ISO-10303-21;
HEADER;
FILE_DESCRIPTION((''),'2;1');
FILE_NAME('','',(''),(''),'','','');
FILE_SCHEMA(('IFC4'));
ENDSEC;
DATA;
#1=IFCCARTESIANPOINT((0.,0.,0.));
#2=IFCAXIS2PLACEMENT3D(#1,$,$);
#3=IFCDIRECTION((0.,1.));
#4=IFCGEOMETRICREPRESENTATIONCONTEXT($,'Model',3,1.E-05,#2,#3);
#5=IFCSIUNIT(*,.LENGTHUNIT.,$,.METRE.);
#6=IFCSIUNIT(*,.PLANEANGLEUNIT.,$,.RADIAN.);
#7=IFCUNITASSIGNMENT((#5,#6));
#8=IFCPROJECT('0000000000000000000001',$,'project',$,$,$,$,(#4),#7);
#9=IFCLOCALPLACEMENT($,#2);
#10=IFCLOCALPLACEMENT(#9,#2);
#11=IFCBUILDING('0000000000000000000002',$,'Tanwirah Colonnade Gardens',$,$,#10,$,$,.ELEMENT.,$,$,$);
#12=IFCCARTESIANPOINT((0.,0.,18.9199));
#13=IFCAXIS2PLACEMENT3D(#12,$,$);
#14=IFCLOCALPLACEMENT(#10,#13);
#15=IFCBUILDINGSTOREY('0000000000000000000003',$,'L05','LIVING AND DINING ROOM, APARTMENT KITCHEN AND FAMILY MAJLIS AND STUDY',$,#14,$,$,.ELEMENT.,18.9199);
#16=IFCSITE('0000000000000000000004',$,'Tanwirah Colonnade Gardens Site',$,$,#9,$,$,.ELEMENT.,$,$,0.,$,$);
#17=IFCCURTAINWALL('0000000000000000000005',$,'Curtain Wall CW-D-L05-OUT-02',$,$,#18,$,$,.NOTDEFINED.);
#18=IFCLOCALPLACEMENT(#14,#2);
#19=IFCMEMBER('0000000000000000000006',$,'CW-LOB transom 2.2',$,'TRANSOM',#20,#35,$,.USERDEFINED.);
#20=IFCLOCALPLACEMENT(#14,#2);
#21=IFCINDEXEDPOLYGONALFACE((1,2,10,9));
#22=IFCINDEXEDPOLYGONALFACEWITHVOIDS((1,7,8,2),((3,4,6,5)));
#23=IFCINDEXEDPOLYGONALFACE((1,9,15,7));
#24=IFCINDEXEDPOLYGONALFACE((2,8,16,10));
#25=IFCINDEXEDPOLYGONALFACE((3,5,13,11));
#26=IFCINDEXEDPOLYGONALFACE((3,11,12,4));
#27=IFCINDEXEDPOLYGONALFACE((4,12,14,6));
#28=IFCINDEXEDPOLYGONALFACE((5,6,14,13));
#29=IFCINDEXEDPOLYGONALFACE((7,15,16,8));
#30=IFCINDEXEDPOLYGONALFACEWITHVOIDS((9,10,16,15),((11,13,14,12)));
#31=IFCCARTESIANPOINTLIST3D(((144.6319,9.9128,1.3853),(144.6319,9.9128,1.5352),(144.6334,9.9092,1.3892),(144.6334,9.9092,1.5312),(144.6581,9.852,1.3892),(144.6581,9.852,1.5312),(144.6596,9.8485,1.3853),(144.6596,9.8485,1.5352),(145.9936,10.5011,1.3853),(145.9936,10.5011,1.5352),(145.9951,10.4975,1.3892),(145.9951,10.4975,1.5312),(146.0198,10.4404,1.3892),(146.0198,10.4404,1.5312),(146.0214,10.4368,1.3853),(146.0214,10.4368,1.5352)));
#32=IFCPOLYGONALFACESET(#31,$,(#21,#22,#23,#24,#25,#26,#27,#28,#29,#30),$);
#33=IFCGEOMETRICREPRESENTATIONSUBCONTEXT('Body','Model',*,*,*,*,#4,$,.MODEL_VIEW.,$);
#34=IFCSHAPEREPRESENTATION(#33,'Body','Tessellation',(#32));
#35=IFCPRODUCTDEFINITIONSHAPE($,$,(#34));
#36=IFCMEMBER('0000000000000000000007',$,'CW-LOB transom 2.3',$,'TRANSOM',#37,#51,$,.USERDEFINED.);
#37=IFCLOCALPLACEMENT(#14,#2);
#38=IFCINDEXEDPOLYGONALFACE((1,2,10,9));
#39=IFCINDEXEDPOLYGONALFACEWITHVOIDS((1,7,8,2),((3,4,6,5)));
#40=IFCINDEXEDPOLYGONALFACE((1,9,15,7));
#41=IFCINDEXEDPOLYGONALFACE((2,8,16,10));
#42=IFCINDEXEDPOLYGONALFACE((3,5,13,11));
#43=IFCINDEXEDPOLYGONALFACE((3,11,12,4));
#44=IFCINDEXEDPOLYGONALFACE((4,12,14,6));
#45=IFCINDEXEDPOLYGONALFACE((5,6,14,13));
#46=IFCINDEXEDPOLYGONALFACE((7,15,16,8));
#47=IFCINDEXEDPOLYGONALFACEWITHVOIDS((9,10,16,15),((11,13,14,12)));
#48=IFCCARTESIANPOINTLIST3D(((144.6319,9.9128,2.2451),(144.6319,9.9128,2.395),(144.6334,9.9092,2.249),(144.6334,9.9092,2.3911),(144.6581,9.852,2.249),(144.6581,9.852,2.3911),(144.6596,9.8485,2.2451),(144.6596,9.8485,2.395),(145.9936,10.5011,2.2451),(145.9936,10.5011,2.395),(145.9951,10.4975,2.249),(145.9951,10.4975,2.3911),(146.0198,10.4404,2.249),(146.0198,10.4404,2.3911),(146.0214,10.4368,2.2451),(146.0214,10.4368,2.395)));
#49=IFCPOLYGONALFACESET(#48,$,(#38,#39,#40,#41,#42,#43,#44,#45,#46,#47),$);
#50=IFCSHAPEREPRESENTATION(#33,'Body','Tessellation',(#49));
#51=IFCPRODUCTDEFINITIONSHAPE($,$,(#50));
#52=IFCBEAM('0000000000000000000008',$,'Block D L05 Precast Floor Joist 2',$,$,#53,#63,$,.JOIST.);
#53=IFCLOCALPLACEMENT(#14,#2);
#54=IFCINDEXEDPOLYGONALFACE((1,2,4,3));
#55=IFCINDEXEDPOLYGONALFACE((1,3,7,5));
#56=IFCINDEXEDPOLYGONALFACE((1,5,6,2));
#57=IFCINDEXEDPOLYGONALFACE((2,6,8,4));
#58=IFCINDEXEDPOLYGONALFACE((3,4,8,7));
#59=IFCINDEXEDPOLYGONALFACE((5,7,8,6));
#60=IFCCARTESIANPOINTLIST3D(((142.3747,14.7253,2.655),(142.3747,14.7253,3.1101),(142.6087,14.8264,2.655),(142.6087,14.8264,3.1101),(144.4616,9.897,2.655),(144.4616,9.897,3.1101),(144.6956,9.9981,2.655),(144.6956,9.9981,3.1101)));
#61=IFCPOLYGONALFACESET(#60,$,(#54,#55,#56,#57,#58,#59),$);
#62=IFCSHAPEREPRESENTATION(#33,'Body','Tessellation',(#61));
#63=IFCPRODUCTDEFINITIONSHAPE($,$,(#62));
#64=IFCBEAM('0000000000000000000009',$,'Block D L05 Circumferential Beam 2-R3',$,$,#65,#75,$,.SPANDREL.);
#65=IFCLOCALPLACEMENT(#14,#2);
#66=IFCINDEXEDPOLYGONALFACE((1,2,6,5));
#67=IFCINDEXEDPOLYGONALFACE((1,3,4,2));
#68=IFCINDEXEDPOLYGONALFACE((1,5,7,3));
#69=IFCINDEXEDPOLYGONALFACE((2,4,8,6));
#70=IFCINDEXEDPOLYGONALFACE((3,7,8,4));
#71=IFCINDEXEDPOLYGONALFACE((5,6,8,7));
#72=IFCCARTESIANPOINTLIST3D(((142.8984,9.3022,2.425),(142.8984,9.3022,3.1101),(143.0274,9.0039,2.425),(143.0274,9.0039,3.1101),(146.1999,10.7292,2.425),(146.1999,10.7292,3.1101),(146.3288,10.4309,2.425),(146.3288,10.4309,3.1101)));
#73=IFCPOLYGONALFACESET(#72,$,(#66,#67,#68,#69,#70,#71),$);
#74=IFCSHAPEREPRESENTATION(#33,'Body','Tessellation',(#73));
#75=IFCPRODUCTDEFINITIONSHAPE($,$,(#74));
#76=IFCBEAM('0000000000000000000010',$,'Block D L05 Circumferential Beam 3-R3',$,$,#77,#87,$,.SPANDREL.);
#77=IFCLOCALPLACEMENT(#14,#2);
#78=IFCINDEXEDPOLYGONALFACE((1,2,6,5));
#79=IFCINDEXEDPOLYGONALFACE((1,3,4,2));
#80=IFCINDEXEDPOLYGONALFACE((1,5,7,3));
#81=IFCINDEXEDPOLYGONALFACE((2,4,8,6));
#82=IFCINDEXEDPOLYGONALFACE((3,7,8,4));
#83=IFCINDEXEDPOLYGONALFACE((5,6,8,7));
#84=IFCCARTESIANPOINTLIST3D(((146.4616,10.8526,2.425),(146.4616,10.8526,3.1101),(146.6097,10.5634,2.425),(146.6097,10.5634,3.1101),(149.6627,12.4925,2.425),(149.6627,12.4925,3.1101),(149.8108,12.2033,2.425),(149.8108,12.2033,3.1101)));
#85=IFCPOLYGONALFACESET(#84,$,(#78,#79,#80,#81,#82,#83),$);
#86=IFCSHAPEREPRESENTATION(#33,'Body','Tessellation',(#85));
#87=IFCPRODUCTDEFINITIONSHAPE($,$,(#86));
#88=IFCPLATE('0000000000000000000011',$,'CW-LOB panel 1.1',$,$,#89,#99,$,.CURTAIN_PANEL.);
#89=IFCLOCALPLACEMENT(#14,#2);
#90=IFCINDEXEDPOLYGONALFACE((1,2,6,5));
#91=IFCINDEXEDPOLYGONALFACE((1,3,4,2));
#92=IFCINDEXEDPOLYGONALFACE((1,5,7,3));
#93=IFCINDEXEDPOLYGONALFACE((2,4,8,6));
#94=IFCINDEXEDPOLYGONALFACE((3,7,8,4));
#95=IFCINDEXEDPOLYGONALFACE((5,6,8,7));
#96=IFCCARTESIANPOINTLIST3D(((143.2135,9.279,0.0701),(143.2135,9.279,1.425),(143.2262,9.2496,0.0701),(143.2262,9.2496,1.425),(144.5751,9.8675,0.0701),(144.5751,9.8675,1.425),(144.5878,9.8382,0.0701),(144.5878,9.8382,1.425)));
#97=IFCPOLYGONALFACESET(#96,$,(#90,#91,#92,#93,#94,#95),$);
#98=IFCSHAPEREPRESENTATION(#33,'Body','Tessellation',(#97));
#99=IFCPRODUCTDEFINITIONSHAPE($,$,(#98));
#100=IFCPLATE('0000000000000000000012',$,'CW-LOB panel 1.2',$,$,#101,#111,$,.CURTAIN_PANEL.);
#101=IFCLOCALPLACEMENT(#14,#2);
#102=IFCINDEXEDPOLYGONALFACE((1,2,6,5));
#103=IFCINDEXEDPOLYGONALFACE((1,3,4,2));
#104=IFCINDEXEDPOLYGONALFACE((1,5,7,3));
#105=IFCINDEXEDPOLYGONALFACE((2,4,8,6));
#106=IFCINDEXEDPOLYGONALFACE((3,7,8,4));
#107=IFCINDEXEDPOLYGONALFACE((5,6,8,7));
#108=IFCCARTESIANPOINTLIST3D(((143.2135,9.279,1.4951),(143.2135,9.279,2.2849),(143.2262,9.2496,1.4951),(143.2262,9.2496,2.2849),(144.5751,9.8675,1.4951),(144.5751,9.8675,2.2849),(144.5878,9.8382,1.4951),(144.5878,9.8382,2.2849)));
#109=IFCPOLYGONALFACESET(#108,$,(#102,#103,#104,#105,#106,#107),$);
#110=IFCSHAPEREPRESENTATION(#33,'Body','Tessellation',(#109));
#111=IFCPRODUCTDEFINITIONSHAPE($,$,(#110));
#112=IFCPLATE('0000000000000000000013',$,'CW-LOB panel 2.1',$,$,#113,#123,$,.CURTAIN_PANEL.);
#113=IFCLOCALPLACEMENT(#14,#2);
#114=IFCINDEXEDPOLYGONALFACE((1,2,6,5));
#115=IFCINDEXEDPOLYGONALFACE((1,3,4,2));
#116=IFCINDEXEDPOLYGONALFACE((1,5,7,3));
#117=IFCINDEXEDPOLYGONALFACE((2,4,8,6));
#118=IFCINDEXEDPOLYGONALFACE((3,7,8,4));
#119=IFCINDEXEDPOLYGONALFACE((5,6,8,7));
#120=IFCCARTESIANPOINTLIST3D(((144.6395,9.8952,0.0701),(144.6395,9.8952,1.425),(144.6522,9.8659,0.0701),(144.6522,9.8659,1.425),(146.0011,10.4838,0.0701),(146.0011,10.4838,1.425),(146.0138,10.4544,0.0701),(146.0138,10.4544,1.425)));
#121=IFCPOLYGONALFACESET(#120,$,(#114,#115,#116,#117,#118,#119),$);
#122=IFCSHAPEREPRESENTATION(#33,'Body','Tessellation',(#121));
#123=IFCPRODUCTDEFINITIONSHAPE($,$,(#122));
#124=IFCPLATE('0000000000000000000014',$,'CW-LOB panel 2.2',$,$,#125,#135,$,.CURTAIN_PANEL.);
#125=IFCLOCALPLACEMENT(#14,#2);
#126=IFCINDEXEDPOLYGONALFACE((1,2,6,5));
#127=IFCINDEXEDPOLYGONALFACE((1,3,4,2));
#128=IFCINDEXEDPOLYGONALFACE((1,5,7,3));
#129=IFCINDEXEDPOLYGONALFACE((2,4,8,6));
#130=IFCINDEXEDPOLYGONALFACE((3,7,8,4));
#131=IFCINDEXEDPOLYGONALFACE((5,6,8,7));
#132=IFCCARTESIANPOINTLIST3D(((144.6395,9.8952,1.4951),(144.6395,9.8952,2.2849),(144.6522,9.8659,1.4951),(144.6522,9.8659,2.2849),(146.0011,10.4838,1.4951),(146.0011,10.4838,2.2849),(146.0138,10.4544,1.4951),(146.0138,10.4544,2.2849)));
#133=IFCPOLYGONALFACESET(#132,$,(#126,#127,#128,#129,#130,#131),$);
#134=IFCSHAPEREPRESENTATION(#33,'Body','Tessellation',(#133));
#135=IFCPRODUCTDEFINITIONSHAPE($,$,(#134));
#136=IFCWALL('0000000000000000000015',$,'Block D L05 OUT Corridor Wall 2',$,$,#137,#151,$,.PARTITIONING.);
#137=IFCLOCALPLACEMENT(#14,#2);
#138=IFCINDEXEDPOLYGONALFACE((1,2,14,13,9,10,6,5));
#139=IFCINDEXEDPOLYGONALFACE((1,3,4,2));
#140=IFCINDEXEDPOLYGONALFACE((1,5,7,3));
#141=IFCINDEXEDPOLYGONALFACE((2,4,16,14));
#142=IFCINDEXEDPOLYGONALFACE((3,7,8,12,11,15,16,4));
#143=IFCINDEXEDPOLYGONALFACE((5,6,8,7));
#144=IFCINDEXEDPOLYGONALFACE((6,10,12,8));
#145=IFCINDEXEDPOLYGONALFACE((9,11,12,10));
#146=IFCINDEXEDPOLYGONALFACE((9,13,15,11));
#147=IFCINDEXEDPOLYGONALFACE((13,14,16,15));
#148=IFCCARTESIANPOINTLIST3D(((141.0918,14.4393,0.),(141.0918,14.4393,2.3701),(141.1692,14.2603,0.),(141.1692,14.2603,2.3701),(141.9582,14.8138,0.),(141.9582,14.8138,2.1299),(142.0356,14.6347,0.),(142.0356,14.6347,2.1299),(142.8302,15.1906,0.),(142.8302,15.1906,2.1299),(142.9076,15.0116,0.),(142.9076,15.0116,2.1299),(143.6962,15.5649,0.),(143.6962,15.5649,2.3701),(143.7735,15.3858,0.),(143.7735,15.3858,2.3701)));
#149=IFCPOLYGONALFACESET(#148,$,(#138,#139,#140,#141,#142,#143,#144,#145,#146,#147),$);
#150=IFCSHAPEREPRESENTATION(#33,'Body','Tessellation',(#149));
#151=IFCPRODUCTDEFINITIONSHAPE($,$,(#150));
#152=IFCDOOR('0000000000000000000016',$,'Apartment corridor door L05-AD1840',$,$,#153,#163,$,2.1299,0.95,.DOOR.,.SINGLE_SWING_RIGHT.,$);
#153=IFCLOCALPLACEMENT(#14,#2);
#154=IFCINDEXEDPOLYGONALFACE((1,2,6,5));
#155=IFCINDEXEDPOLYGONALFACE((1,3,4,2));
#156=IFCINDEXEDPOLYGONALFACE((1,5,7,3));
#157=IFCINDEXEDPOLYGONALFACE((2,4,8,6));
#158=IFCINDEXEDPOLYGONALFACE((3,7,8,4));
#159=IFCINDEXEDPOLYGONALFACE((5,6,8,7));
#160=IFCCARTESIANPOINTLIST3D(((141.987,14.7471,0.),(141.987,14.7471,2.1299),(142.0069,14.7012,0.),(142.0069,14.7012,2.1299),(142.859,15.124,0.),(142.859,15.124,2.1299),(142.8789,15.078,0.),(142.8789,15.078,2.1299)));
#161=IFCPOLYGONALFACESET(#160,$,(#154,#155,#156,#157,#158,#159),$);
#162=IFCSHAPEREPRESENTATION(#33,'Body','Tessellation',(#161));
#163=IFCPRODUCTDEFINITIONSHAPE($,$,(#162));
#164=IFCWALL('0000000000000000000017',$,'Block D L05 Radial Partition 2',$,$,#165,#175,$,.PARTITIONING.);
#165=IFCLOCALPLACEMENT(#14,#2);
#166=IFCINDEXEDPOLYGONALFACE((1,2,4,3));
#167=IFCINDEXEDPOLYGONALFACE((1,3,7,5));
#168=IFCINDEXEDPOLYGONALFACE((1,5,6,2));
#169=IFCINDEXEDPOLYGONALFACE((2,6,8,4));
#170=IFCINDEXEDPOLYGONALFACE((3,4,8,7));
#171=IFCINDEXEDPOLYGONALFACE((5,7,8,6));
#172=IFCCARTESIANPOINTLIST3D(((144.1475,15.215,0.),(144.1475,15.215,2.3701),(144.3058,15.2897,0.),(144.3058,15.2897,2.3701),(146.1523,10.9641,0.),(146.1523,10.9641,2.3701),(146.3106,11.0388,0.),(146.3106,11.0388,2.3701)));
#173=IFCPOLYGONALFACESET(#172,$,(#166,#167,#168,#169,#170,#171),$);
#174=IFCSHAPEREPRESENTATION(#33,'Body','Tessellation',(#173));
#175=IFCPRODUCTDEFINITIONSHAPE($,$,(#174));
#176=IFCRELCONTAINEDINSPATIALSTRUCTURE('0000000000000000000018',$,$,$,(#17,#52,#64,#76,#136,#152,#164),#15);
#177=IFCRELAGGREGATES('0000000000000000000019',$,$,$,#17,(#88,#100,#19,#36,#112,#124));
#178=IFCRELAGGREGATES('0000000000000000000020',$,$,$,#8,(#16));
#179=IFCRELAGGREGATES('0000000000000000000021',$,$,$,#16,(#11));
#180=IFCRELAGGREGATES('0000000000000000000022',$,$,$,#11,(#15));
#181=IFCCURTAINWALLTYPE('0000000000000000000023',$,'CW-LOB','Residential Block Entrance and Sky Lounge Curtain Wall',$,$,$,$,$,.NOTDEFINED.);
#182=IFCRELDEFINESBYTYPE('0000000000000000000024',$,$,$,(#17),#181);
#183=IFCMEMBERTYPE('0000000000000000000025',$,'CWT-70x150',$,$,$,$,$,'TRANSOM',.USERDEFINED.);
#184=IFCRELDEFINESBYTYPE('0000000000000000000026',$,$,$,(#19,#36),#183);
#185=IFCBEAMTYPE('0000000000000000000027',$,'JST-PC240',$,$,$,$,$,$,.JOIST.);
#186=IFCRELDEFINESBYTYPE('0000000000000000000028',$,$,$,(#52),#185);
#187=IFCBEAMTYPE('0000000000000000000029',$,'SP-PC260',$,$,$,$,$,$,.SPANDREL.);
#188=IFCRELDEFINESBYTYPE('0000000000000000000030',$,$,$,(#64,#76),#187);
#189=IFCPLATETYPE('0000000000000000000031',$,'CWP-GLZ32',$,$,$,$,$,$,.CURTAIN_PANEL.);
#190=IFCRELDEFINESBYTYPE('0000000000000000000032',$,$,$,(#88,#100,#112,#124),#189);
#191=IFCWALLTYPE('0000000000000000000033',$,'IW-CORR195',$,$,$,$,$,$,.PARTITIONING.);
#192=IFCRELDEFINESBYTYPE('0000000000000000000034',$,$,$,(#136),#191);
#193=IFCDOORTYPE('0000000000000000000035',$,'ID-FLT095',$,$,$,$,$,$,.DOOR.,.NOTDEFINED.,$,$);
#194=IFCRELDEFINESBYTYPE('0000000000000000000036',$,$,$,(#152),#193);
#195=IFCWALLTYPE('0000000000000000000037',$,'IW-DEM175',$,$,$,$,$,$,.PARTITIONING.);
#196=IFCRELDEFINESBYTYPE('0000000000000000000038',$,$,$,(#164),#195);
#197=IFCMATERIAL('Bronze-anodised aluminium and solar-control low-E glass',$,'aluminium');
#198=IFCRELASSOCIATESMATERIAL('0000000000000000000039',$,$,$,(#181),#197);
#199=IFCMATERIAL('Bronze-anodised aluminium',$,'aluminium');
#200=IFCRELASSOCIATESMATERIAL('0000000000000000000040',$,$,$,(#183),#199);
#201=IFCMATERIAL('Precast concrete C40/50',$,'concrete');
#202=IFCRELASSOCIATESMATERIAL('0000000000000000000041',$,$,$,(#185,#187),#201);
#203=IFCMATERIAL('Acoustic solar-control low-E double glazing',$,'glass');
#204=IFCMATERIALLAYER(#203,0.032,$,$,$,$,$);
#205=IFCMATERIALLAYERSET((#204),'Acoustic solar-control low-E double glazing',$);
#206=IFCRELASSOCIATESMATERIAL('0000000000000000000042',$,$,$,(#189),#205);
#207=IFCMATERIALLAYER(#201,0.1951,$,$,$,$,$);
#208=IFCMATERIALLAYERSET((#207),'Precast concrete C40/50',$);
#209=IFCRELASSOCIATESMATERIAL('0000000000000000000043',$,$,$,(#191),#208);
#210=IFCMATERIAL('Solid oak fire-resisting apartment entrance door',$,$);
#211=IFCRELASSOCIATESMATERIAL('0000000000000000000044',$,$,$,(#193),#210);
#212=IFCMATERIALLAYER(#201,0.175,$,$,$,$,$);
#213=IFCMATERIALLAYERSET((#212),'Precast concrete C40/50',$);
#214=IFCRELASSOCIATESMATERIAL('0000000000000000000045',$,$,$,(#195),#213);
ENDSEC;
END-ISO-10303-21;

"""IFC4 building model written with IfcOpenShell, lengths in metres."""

from ifc_helpers import new_model, si_unit, direction, frame, frame_2d, origin, origin_2d, place, context, subcontext, project, spatial, rectangle, hollow_rectangle, extrude, material, layer, layer_set, material_profile, profile_set, type_object, element, fill, aggregate, save


model = new_model("IFC4")

# Units and contexts
model_context = context("Model", 3, precision=1e-05, world=origin(), true_north=direction((0.0, 1.0)))
body_context = subcontext(model_context, "Body", "Model", "MODEL_VIEW")
ifc_project = project(units=[si_unit("LENGTHUNIT", "METRE"), si_unit("PLANEANGLEUNIT", "RADIAN")], contexts=[model_context])

# Site, building, storey
site_placement = place(None, origin())
site = spatial("IfcSite", under=ifc_project, at=site_placement, Name="Tanwirah Colonnade Gardens Site", CompositionType="ELEMENT", RefElevation=0.0)
building_placement = place(site_placement, origin())
building = spatial("IfcBuilding", under=site, at=building_placement, Name="Tanwirah Colonnade Gardens", CompositionType="ELEMENT")
storey_placement = place(building_placement, frame((0.0, 0.0, 18.9199)))
storey = spatial("IfcBuildingStorey", under=building, at=storey_placement, Name="L05", Description="LIVING AND DINING ROOM, APARTMENT KITCHEN AND FAMILY MAJLIS AND STUDY", CompositionType="ELEMENT", Elevation=18.9199)

# Shared definitions
ifc_material_1 = material(Name="Precast concrete C40/50", Category="concrete")

# Curtain wall, members
ifc_material_2 = material(Name="Bronze-anodised aluminium and solar-control low-E glass", Category="aluminium")
curtain_wall_type = type_object("IfcCurtainWallType", Name="CW-LOB", Description="Residential Block Entrance and Sky Lounge Curtain Wall", PredefinedType="NOTDEFINED", material=ifc_material_2)
curtain_wall_placement = place(storey_placement, origin())
curtain_wall = element("IfcCurtainWall", 1, at=curtain_wall_placement, inside=storey, type_object=curtain_wall_type, Name="Curtain Wall CW-D-L05-OUT-02", PredefinedType="NOTDEFINED")
ifc_material_3 = material(Name="Bronze-anodised aluminium", Category="aluminium")
ifc_material_profile_1 = material_profile(ifc_material_3, hollow_rectangle(XDim=0.0701, YDim=0.1499, WallThickness=0.0039, at=origin_2d()), Name="CW-TRN 70x150x4")
ifc_profile_set_1 = profile_set([ifc_material_profile_1], Name="Bronze-anodised aluminium")
member_type_1 = type_object("IfcMemberType", Name="CWT-70x150", ElementType="TRANSOM", PredefinedType="USERDEFINED", material=ifc_profile_set_1)
member_1_placement = place(storey_placement, frame((144.6458, 9.8806, 1.4602), z_axis=(0.917983, 0.396619, 0.0), x_axis=(-0.396619, 0.917983, 0.0)))
member_1 = element("IfcMember", 2, at=member_1_placement, type_object=member_type_1, Name="CW-LOB transom 2.2", ObjectType="TRANSOM", PredefinedType="USERDEFINED", context=body_context, shape_type="SweptSolid", body=[
    extrude(hollow_rectangle(XDim=0.0701, YDim=0.1499, WallThickness=0.0039, at=origin_2d()), origin(), (0.0, 0.0, 1.0), 1.4834),
])
member_2_placement = place(storey_placement, frame((144.6458, 9.8806, 2.3201), z_axis=(0.917983, 0.396619, 0.0), x_axis=(-0.396619, 0.917983, 0.0)))
member_2 = element("IfcMember", 3, at=member_2_placement, type_object=member_type_1, Name="CW-LOB transom 2.3", ObjectType="TRANSOM", PredefinedType="USERDEFINED", context=body_context, shape_type="SweptSolid", body=[
    extrude(hollow_rectangle(XDim=0.0701, YDim=0.1499, WallThickness=0.0039, at=origin_2d()), origin(), (0.0, 0.0, 1.0), 1.4834),
])

# Beams
ifc_material_profile_2 = material_profile(ifc_material_1, rectangle(XDim=0.2549, YDim=0.4551, at=origin_2d()), Name="PC-JST 255x455")
ifc_profile_set_2 = profile_set([ifc_material_profile_2], Name="Precast concrete C40/50")
beam_type_1 = type_object("IfcBeamType", Name="JST-PC240", PredefinedType="JOIST", material=ifc_profile_set_2)
beam_1_placement = place(storey_placement, frame((142.4917, 14.7759, 2.8826), z_axis=(0.396746, -0.917928, 0.0), x_axis=(0.917928, 0.396746, 0.0)))
element("IfcBeam", 4, at=beam_1_placement, inside=storey, type_object=beam_type_1, Name="Block D L05 Precast Floor Joist 2", PredefinedType="JOIST", context=body_context, shape_type="SweptSolid", body=[
    extrude(rectangle(XDim=0.2549, YDim=0.4551, at=origin_2d()), origin(), (0.0, 0.0, 1.0), 5.26),
])
ifc_material_profile_3 = material_profile(ifc_material_1, rectangle(XDim=0.325, YDim=0.6851, at=origin_2d()), Name="PC-SP 325x685")
ifc_profile_set_3 = profile_set([ifc_material_profile_3], Name="Precast concrete C40/50")
beam_type_2 = type_object("IfcBeamType", Name="SP-PC260", PredefinedType="SPANDREL", material=ifc_profile_set_3)
for number, where, z_axis, x_axis, name in (
    (5, (142.9629, 9.1531, 2.7676), (0.917926, 0.396752, 0.0), (-0.396752, 0.917926, 0.0), "Block D L05 Circumferential Beam 2-R3"),
    (6, (146.5356, 10.708, 2.7676), (0.890013, 0.455935, 0.0), (-0.455935, 0.890013, 0.0), "Block D L05 Circumferential Beam 3-R3"),
):
    element("IfcBeam", number, at=place(storey_placement, frame(where, z_axis=z_axis, x_axis=x_axis)), inside=storey, type_object=beam_type_2, Name=name, PredefinedType="SPANDREL", context=body_context, shape_type="SweptSolid", body=[
        extrude(rectangle(XDim=0.325, YDim=0.6851, at=origin_2d()), origin(), (0.0, 0.0, 1.0), 3.5967),
    ])

# Plates
ifc_material_4 = material(Name="Acoustic solar-control low-E double glazing", Category="glass")
ifc_layer_1 = layer(ifc_material_4, 0.032)
ifc_layer_set_1 = layer_set([ifc_layer_1], Name="Acoustic solar-control low-E double glazing")
plate_type = type_object("IfcPlateType", Name="CWP-GLZ32", PredefinedType="CURTAIN_PANEL", material=ifc_layer_set_1)
plate_1_placement = place(storey_placement, frame((143.9006, 9.5586, 0.0701), z_axis=(0.0, 0.0, 1.0), x_axis=(0.917927, 0.396749, 0.0)))
plate_1 = element("IfcPlate", 7, at=plate_1_placement, type_object=plate_type, Name="CW-LOB panel 1.1", PredefinedType="CURTAIN_PANEL", context=body_context, shape_type="SweptSolid", body=[
    extrude(rectangle(XDim=1.4834, YDim=0.032, at=origin_2d()), origin(), (0.0, 0.0, 1.0), 1.355),
])
plate_2_placement = place(storey_placement, frame((143.9006, 9.5586, 1.4951), z_axis=(0.0, 0.0, 1.0), x_axis=(0.917927, 0.396749, 0.0)))
plate_2 = element("IfcPlate", 8, at=plate_2_placement, type_object=plate_type, Name="CW-LOB panel 1.2", PredefinedType="CURTAIN_PANEL", context=body_context, shape_type="SweptSolid", body=[
    extrude(rectangle(XDim=1.4834, YDim=0.032, at=origin_2d()), origin(), (0.0, 0.0, 1.0), 0.7898),
])
plate_3_placement = place(storey_placement, frame((145.3267, 10.1748, 0.0701), z_axis=(0.0, 0.0, 1.0), x_axis=(0.917927, 0.396749, 0.0)))
plate_3 = element("IfcPlate", 9, at=plate_3_placement, type_object=plate_type, Name="CW-LOB panel 2.1", PredefinedType="CURTAIN_PANEL", context=body_context, shape_type="SweptSolid", body=[
    extrude(rectangle(XDim=1.4834, YDim=0.032, at=origin_2d()), origin(), (0.0, 0.0, 1.0), 1.355),
])
plate_4_placement = place(storey_placement, frame((145.3267, 10.1748, 1.4951), z_axis=(0.0, 0.0, 1.0), x_axis=(0.917927, 0.396749, 0.0)))
plate_4 = element("IfcPlate", 10, at=plate_4_placement, type_object=plate_type, Name="CW-LOB panel 2.2", PredefinedType="CURTAIN_PANEL", context=body_context, shape_type="SweptSolid", body=[
    extrude(rectangle(XDim=1.4834, YDim=0.032, at=origin_2d()), origin(), (0.0, 0.0, 1.0), 0.7898),
])
aggregate(curtain_wall, [plate_1, plate_2, member_1, member_2, plate_3, plate_4])

# Wall, opening, door
ifc_layer_2 = layer(ifc_material_1, 0.1951)
ifc_layer_set_2 = layer_set([ifc_layer_2], Name="Precast concrete C40/50")
wall_type_1 = type_object("IfcWallType", Name="IW-CORR195", PredefinedType="PARTITIONING", material=ifc_layer_set_2)
wall_1_placement = place(storey_placement, frame((141.1306, 14.3499, 0.0), z_axis=(0.0, 0.0, 1.0), x_axis=(0.917943, 0.396711, 0.0)))
wall_1 = element("IfcWall", 11, at=wall_1_placement, inside=storey, type_object=wall_type_1, Name="Block D L05 OUT Corridor Wall 2", PredefinedType="PARTITIONING", context=body_context, shape_type="SweptSolid", body=[
    extrude(rectangle(XDim=2.8372, YDim=0.1951, at=frame_2d((1.4185, 0.0))), origin(), (0.0, 0.0, 1.0), 2.3701),
])
opening_1_placement = place(wall_1_placement, frame((0.9436, 0.0, 0.0)))
opening_1 = element("IfcOpeningElement", 12, at=opening_1_placement, cuts=wall_1, PredefinedType="OPENING", context=body_context, shape_type="SweptSolid", body=[
    extrude(rectangle(XDim=0.95, YDim=2.1299, at=frame_2d((0.4751, 1.0649))), frame((0.0, 0.1074, 0.0), z_axis=(0.0, -1.0, 0.0), x_axis=(1.0, 0.0, 0.0)), (0.0, 0.0, 1.0), 0.2151),
])
ifc_material_5 = material(Name="Solid oak fire-resisting apartment entrance door")
door_type_1 = type_object("IfcDoorType", Name="ID-FLT095", OperationType="NOTDEFINED", PredefinedType="DOOR", material=ifc_material_5)
door_1_placement = place(opening_1_placement, origin())
door_1 = element("IfcDoor", 13, at=door_1_placement, inside=storey, type_object=door_type_1, Name="Apartment corridor door L05-AD1840", OperationType="SINGLE_SWING_RIGHT", OverallHeight=2.1299, OverallWidth=0.95, PredefinedType="DOOR", context=body_context, shape_type="SweptSolid", body=[
    extrude(rectangle(XDim=0.95, YDim=2.1299, at=frame_2d((0.4751, 1.0649))), frame((0.0, 0.0249, 0.0), z_axis=(0.0, -1.0, 0.0), x_axis=(1.0, 0.0, 0.0)), (0.0, 0.0, 1.0), 0.05),
])
fill(opening_1, door_1)

# Wall
ifc_layer_3 = layer(ifc_material_1, 0.175)
ifc_layer_set_3 = layer_set([ifc_layer_3], Name="Precast concrete C40/50")
wall_type_2 = type_object("IfcWallType", Name="IW-DEM175", PredefinedType="PARTITIONING", material=ifc_layer_set_3)
wall_2_placement = place(storey_placement, frame((144.2266, 15.2524, 0.0), z_axis=(0.0, 0.0, 1.0), x_axis=(0.426567, -0.904456, 0.0)))
element("IfcWall", 14, at=wall_2_placement, inside=storey, type_object=wall_type_2, Name="Block D L05 Radial Partition 2", PredefinedType="PARTITIONING", context=body_context, shape_type="SweptSolid", body=[
    extrude(rectangle(XDim=4.7, YDim=0.175, at=frame_2d((2.3501, 0.0))), origin(), (0.0, 0.0, 1.0), 2.3701),
])

save(model, "model.ifc")
